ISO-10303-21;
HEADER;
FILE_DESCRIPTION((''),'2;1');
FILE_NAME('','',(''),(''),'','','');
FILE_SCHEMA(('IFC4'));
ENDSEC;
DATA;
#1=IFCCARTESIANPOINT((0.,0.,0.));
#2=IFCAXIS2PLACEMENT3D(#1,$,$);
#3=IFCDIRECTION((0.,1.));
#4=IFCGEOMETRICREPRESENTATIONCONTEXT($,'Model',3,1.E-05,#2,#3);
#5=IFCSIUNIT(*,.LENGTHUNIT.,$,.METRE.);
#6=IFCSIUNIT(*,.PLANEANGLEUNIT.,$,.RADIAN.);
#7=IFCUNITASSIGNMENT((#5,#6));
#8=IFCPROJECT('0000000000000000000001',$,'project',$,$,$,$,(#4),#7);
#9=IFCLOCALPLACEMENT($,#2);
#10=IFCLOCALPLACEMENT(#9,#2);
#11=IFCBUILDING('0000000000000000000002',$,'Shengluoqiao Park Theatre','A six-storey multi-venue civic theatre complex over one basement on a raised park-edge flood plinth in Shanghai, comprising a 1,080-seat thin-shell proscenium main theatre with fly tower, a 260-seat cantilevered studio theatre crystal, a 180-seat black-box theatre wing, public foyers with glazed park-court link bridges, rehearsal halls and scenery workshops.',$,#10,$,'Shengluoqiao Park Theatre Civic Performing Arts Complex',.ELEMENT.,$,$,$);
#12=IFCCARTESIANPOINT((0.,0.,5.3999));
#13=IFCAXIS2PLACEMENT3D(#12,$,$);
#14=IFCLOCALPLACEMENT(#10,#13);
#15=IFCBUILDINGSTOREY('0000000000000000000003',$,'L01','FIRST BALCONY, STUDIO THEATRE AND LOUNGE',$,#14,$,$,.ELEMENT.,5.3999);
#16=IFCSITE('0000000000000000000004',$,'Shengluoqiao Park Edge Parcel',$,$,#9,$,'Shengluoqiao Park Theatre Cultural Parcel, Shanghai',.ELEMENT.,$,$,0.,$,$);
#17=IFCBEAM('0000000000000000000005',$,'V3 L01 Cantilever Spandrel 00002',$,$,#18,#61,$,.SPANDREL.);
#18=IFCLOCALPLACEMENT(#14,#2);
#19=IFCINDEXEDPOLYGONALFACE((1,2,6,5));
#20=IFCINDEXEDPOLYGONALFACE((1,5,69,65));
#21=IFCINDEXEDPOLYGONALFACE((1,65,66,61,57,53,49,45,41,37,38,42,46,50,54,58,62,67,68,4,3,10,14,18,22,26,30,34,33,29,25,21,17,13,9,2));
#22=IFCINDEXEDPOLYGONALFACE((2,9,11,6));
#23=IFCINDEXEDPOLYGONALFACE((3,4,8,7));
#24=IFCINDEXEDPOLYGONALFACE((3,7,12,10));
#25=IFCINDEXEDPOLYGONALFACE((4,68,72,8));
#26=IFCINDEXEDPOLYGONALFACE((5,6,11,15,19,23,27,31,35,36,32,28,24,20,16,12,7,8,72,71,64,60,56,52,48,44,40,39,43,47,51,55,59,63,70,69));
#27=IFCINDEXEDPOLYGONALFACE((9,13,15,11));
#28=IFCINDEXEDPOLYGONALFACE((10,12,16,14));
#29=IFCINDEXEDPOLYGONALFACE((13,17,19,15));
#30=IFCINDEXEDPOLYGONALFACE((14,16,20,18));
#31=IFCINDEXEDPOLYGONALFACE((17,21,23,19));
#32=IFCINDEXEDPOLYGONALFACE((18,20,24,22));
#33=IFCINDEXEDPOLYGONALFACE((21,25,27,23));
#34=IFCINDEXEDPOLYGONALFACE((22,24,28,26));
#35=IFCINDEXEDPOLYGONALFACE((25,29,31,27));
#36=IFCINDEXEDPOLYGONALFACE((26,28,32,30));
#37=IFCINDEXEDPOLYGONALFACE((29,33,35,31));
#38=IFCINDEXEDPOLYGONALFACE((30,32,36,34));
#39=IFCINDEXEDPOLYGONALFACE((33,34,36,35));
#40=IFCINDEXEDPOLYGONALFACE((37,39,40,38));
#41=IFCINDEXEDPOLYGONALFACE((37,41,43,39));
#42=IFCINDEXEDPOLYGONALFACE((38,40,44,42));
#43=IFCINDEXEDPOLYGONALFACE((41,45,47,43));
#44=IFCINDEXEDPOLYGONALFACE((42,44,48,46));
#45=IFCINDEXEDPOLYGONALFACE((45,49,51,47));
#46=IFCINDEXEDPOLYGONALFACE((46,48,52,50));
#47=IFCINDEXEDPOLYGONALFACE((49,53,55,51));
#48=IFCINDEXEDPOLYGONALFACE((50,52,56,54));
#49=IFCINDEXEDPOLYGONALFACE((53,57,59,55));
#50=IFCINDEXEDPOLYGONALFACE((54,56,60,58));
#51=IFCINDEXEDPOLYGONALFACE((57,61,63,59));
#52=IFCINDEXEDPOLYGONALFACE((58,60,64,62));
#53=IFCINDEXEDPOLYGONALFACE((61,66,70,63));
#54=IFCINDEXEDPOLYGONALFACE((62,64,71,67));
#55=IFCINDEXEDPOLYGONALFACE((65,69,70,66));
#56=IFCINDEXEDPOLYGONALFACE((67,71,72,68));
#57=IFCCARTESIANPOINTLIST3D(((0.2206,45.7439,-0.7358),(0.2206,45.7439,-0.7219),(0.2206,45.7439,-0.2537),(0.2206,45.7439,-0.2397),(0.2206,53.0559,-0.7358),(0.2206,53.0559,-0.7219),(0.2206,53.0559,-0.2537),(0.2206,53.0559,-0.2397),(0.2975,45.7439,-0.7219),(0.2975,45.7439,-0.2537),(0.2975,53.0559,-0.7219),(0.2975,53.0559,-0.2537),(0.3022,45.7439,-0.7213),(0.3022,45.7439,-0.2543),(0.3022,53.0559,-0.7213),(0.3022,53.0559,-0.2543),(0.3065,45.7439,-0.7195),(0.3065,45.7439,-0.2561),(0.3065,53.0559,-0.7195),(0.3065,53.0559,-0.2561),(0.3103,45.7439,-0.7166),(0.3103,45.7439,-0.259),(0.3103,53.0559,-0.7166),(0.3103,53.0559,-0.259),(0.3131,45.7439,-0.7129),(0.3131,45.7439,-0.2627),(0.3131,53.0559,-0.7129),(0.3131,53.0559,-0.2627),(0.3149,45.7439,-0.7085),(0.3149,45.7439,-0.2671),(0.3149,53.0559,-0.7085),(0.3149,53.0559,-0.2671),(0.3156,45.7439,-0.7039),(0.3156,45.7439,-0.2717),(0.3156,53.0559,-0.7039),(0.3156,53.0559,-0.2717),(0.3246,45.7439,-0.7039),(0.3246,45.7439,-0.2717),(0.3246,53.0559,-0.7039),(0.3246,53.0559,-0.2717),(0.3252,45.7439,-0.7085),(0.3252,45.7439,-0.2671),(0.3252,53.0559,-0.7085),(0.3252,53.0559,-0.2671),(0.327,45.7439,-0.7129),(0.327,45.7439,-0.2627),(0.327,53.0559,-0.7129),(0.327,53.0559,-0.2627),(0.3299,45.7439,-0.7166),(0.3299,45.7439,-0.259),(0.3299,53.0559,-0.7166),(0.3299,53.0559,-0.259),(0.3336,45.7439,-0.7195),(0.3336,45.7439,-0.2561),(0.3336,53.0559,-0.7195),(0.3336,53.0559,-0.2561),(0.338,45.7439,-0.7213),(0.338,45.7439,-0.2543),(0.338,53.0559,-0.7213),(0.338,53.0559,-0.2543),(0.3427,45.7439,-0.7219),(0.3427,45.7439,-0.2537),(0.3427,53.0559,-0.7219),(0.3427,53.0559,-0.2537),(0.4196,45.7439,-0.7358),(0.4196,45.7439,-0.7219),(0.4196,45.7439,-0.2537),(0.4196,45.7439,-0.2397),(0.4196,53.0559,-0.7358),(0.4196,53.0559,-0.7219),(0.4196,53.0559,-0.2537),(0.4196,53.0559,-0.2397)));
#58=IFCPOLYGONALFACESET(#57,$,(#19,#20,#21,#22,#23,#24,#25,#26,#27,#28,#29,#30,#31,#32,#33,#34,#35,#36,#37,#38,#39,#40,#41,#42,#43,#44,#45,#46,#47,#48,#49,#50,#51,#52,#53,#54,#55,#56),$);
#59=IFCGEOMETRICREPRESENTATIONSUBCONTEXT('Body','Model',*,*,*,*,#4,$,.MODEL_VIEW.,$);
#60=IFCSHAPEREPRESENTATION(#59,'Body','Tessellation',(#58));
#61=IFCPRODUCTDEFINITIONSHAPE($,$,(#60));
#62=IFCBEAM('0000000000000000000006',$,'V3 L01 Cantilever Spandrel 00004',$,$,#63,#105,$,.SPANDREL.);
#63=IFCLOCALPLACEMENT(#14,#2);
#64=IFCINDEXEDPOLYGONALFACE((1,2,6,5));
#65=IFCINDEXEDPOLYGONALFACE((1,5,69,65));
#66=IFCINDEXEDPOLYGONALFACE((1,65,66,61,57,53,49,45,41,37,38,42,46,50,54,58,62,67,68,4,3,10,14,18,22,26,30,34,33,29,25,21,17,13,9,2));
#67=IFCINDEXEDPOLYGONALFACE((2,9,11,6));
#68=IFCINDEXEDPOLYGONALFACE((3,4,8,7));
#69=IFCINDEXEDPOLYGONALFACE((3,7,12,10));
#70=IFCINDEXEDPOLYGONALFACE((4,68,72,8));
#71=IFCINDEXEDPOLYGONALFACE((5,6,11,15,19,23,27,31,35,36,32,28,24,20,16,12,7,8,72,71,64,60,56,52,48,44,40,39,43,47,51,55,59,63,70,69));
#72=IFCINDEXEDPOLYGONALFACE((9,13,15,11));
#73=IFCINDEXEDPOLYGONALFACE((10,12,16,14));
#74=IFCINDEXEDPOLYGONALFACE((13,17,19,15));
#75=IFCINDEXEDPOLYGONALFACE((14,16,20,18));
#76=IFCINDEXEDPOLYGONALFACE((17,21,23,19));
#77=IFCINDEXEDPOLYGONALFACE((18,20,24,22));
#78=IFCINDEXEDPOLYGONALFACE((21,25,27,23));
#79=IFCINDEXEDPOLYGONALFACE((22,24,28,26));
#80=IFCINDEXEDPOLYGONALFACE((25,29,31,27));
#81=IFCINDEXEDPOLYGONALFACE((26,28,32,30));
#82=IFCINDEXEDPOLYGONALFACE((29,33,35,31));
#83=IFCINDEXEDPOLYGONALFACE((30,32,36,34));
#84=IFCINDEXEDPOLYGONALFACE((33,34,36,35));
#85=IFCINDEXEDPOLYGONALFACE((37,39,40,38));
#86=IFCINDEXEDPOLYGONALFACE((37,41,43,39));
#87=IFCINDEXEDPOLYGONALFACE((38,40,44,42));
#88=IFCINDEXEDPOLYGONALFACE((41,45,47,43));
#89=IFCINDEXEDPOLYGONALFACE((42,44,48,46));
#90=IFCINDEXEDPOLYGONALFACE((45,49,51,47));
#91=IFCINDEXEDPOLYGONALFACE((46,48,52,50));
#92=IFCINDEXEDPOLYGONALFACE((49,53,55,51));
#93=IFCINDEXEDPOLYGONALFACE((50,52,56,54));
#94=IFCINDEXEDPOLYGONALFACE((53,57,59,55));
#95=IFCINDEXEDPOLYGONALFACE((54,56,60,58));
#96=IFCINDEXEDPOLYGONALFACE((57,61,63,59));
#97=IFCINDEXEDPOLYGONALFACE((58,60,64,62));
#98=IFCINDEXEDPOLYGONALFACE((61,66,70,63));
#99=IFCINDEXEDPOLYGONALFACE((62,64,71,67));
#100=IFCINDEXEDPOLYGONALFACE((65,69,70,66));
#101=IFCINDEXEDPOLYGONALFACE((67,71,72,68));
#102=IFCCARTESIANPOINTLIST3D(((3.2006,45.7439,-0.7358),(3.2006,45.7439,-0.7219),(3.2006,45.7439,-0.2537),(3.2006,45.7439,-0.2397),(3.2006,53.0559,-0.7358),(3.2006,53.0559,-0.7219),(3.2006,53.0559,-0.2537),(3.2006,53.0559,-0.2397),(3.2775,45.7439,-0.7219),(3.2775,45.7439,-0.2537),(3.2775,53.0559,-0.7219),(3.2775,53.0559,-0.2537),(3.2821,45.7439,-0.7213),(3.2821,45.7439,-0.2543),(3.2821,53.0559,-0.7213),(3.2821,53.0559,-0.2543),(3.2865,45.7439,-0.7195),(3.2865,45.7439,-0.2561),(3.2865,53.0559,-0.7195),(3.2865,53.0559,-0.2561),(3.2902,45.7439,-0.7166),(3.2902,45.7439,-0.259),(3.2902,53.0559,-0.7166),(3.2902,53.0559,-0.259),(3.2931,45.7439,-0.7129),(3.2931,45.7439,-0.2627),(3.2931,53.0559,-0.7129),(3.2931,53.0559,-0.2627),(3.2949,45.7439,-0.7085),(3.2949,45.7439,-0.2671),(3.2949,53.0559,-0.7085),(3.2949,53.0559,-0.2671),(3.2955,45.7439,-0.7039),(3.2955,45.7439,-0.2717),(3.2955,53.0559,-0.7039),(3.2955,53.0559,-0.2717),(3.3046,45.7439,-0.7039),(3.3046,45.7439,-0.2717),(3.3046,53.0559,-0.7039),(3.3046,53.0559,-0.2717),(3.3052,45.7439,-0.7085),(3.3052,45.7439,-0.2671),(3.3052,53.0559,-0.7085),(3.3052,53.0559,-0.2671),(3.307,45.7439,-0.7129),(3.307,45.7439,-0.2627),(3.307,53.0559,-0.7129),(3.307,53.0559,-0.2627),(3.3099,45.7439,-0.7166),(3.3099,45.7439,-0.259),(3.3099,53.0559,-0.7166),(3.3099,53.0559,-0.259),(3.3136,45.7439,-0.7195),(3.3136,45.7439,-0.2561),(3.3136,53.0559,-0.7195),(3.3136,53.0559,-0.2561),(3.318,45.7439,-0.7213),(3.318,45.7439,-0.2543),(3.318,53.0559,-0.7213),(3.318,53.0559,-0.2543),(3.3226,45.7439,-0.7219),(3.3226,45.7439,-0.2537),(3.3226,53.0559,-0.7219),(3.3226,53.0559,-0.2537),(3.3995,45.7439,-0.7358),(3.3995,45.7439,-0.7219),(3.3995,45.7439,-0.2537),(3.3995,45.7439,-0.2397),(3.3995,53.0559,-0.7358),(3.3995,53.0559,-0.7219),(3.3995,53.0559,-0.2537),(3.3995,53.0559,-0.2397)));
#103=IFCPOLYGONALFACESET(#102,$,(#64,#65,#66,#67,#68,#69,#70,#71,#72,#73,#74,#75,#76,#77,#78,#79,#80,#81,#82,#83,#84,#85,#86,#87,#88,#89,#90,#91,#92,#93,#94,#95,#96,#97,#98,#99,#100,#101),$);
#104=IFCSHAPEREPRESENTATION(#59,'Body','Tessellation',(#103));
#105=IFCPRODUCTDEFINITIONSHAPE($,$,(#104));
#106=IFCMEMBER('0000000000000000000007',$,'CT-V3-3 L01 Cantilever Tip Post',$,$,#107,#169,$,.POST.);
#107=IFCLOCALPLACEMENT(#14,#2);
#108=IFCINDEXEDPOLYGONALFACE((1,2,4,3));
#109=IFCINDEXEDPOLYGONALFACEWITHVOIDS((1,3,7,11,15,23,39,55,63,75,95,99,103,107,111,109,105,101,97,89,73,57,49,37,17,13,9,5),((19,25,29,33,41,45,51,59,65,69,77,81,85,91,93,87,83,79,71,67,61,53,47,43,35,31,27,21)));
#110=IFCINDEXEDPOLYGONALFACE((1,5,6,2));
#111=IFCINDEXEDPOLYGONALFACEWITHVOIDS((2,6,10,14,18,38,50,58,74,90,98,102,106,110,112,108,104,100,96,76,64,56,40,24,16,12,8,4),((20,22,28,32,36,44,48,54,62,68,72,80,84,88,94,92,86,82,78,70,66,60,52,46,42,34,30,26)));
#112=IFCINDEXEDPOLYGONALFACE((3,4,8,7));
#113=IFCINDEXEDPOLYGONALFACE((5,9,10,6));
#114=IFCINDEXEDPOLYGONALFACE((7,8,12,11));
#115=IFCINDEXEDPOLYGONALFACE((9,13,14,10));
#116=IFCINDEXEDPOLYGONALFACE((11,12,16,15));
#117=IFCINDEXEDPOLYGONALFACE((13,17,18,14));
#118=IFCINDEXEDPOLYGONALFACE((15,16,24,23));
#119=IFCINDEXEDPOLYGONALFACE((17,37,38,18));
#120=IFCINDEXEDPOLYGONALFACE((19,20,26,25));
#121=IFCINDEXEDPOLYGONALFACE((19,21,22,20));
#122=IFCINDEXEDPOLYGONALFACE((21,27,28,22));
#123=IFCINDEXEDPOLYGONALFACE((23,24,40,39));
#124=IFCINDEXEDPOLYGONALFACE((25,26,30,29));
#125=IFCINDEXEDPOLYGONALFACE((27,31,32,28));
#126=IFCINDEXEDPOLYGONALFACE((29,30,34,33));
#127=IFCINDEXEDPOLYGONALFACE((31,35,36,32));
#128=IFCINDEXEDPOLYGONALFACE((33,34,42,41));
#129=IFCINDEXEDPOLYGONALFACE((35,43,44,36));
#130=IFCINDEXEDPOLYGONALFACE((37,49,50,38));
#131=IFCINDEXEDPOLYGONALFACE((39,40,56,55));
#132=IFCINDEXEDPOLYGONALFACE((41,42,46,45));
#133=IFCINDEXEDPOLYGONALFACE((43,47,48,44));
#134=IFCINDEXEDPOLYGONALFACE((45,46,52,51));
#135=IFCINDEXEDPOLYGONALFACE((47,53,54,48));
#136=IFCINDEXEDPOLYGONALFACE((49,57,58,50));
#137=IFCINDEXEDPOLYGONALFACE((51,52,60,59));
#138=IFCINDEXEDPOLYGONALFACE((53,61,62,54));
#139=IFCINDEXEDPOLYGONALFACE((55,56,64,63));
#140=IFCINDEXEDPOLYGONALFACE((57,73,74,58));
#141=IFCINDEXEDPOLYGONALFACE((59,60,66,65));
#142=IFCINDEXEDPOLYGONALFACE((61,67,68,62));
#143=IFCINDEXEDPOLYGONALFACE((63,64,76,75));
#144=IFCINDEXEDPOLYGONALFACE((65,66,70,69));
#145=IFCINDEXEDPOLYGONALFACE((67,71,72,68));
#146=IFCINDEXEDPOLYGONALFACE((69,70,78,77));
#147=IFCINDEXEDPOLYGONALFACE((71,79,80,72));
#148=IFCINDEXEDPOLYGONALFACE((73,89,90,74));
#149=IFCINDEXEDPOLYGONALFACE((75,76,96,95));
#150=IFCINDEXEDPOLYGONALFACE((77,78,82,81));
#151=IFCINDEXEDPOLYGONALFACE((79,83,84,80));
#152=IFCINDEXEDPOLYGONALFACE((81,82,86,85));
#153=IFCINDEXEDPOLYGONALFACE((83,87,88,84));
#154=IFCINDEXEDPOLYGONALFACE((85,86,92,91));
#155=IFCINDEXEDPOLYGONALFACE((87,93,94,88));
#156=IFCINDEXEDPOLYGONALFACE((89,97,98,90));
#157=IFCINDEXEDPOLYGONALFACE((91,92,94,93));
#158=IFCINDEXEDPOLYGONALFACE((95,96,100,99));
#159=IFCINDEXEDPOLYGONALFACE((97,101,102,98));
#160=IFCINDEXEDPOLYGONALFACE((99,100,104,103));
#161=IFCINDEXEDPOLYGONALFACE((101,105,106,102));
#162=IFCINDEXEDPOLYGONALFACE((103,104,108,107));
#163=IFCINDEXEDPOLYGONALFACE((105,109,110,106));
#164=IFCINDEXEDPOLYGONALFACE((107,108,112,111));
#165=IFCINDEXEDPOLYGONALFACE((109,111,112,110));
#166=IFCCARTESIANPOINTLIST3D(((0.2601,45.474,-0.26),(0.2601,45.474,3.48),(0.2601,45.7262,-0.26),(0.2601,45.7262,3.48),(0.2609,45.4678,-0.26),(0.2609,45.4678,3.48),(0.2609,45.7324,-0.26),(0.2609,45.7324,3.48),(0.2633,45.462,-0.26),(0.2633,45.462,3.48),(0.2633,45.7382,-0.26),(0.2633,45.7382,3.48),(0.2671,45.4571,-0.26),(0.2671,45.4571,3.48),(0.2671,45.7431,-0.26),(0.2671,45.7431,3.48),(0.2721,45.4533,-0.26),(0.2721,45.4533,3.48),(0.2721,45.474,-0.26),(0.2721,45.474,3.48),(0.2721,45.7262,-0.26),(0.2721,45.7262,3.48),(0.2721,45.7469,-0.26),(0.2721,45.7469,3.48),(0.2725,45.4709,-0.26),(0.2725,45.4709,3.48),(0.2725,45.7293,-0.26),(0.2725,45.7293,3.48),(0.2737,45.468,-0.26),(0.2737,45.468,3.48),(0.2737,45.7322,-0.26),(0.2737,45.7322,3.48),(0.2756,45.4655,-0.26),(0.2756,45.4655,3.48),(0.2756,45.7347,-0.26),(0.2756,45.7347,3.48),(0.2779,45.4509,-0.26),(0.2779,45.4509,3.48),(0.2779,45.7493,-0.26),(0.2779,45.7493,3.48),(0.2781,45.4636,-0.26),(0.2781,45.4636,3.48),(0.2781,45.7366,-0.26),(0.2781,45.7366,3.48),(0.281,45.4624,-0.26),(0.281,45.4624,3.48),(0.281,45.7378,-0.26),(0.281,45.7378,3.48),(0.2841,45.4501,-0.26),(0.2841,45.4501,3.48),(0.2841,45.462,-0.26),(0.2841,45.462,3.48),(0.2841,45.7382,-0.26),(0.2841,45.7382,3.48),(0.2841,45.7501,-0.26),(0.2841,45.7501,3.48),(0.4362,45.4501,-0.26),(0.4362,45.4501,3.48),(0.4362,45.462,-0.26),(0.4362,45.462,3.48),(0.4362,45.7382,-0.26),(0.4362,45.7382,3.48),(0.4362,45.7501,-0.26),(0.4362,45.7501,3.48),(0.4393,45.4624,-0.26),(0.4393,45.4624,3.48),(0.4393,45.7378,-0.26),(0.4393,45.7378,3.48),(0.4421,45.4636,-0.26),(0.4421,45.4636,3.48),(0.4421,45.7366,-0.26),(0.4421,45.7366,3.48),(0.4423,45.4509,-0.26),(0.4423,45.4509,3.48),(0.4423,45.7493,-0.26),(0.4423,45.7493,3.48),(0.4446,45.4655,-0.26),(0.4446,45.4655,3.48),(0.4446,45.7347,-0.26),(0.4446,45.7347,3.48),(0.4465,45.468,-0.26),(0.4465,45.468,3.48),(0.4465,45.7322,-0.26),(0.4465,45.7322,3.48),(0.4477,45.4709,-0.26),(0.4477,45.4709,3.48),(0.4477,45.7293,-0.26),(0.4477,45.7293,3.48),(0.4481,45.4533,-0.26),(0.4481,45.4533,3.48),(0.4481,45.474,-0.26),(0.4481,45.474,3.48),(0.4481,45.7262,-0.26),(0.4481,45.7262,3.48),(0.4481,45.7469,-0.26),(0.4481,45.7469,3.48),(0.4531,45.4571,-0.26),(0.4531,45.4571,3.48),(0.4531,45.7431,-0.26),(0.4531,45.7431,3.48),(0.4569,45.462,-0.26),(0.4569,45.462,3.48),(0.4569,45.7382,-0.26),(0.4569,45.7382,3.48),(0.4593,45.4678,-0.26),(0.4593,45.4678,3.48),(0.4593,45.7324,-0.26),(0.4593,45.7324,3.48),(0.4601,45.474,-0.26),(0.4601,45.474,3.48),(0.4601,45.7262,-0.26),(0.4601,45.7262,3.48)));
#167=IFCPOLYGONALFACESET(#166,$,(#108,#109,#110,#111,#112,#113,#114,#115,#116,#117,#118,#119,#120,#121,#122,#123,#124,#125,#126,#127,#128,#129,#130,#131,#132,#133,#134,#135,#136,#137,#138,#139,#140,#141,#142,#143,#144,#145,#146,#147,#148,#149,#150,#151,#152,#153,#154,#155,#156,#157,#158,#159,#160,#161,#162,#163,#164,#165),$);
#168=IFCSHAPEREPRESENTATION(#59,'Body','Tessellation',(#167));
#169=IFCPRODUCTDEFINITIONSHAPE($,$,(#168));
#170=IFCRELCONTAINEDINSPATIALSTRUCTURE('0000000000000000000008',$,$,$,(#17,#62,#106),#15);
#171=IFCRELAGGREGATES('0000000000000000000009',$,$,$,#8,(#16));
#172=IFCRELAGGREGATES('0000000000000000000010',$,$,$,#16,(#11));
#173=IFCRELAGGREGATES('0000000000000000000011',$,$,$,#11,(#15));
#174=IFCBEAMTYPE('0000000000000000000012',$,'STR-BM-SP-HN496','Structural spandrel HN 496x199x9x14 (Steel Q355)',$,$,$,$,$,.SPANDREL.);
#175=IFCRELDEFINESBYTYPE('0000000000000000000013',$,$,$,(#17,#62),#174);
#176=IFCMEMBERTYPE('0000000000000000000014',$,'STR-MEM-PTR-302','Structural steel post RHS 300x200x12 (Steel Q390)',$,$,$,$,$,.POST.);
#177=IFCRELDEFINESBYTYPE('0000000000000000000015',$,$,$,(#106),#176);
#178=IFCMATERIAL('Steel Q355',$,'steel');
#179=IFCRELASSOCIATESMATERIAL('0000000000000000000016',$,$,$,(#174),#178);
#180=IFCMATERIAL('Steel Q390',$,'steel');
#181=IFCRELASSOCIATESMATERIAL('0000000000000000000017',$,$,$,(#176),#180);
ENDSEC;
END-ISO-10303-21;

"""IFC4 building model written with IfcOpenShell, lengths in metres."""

from ifc_helpers import new_model, si_unit, direction, frame, origin, origin_2d, place, context, subcontext, project, spatial, hollow_rectangle, i_section, extrude, material, material_profile, profile_set, type_object, element, save


model = new_model("IFC4")

# Units and contexts
model_context = context("Model", 3, precision=1e-05, world=origin(), true_north=direction((0.0, 1.0)))
body_context = subcontext(model_context, "Body", "Model", "MODEL_VIEW")
ifc_project = project(units=[si_unit("LENGTHUNIT", "METRE"), si_unit("PLANEANGLEUNIT", "RADIAN")], contexts=[model_context])

# Site, building, storey
site_placement = place(None, origin())
site = spatial("IfcSite", under=ifc_project, at=site_placement, Name="Shengluoqiao Park Edge Parcel", LongName="Shengluoqiao Park Theatre Cultural Parcel, Shanghai", CompositionType="ELEMENT", RefElevation=0.0)
building_placement = place(site_placement, origin())
building = spatial("IfcBuilding", under=site, at=building_placement, Name="Shengluoqiao Park Theatre", Description="A six-storey multi-venue civic theatre complex over one basement on a raised park-edge flood plinth in Shanghai, comprising a 1,080-seat thin-shell proscenium main theatre with fly tower, a 260-seat cantilevered studio theatre crystal, a 180-seat black-box theatre wing, public foyers with glazed park-court link bridges, rehearsal halls and scenery workshops.", LongName="Shengluoqiao Park Theatre Civic Performing Arts Complex", CompositionType="ELEMENT")
storey_placement = place(building_placement, frame((0.0, 0.0, 5.3999)))
storey = spatial("IfcBuildingStorey", under=building, at=storey_placement, Name="L01", Description="FIRST BALCONY, STUDIO THEATRE AND LOUNGE", CompositionType="ELEMENT", Elevation=5.3999)

# Beams
ifc_material_1 = material(Name="Steel Q390", Category="steel")
ifc_material_2 = material(Name="Steel Q355", Category="steel")
ifc_material_profile_1 = material_profile(ifc_material_2, i_section(OverallWidth=0.199, OverallDepth=0.4961, WebThickness=0.009, FlangeThickness=0.0139, FilletRadius=0.0181, at=origin_2d()), Name="HN 496x199x9x14")
ifc_profile_set_1 = profile_set([ifc_material_profile_1], Name="Steel Q355")
beam_type_1 = type_object("IfcBeamType", Name="STR-BM-SP-HN496", Description="Structural spandrel HN 496x199x9x14 (Steel Q355)", PredefinedType="SPANDREL", material=ifc_profile_set_1)
for number, where, z_axis, x_axis, name in (
    (1, (0.3201, 45.7439, -0.4878), (0.0, 1.0, 0.0), (-1.0, 0.0, 0.0), "V3 L01 Cantilever Spandrel 00002"),
    (2, (3.3, 45.7439, -0.4878), (0.0, 1.0, 0.0), (-1.0, 0.0, 0.0), "V3 L01 Cantilever Spandrel 00004"),
):
    element("IfcBeam", number, at=place(storey_placement, frame(where, z_axis=z_axis, x_axis=x_axis)), inside=storey, type_object=beam_type_1, Name=name, PredefinedType="SPANDREL", context=body_context, shape_type="SweptSolid", body=[
        extrude(i_section(OverallWidth=0.199, OverallDepth=0.4961, WebThickness=0.009, FlangeThickness=0.0139, FilletRadius=0.0181, at=origin_2d()), origin(), (0.0, 0.0, 1.0), 7.312),
    ])

# Member
ifc_material_profile_2 = material_profile(ifc_material_1, hollow_rectangle(XDim=0.2, YDim=0.3, WallThickness=0.012, InnerFilletRadius=0.012, OuterFilletRadius=0.0239, at=origin_2d()), Name="RHS 300x200x12")
ifc_profile_set_2 = profile_set([ifc_material_profile_2], Name="Steel Q390")
member_type_1 = type_object("IfcMemberType", Name="STR-MEM-PTR-302", Description="Structural steel post RHS 300x200x12 (Steel Q390)", PredefinedType="POST", material=ifc_profile_set_2)
for number, where, z_axis, x_axis, name in (
    (3, (0.3601, 45.6001, -0.26), (0.0, 0.0, 1.0), (1.0, 0.0, 0.0), "CT-V3-3 L01 Cantilever Tip Post"),
):
    element("IfcMember", number, at=place(storey_placement, frame(where, z_axis=z_axis, x_axis=x_axis)), inside=storey, type_object=member_type_1, Name=name, PredefinedType="POST", context=body_context, shape_type="SweptSolid", body=[
        extrude(hollow_rectangle(XDim=0.2, YDim=0.3, WallThickness=0.012, InnerFilletRadius=0.012, OuterFilletRadius=0.0239, at=origin_2d()), origin(), (0.0, 0.0, 1.0), 3.74),
    ])

save(model, "model.ifc")
